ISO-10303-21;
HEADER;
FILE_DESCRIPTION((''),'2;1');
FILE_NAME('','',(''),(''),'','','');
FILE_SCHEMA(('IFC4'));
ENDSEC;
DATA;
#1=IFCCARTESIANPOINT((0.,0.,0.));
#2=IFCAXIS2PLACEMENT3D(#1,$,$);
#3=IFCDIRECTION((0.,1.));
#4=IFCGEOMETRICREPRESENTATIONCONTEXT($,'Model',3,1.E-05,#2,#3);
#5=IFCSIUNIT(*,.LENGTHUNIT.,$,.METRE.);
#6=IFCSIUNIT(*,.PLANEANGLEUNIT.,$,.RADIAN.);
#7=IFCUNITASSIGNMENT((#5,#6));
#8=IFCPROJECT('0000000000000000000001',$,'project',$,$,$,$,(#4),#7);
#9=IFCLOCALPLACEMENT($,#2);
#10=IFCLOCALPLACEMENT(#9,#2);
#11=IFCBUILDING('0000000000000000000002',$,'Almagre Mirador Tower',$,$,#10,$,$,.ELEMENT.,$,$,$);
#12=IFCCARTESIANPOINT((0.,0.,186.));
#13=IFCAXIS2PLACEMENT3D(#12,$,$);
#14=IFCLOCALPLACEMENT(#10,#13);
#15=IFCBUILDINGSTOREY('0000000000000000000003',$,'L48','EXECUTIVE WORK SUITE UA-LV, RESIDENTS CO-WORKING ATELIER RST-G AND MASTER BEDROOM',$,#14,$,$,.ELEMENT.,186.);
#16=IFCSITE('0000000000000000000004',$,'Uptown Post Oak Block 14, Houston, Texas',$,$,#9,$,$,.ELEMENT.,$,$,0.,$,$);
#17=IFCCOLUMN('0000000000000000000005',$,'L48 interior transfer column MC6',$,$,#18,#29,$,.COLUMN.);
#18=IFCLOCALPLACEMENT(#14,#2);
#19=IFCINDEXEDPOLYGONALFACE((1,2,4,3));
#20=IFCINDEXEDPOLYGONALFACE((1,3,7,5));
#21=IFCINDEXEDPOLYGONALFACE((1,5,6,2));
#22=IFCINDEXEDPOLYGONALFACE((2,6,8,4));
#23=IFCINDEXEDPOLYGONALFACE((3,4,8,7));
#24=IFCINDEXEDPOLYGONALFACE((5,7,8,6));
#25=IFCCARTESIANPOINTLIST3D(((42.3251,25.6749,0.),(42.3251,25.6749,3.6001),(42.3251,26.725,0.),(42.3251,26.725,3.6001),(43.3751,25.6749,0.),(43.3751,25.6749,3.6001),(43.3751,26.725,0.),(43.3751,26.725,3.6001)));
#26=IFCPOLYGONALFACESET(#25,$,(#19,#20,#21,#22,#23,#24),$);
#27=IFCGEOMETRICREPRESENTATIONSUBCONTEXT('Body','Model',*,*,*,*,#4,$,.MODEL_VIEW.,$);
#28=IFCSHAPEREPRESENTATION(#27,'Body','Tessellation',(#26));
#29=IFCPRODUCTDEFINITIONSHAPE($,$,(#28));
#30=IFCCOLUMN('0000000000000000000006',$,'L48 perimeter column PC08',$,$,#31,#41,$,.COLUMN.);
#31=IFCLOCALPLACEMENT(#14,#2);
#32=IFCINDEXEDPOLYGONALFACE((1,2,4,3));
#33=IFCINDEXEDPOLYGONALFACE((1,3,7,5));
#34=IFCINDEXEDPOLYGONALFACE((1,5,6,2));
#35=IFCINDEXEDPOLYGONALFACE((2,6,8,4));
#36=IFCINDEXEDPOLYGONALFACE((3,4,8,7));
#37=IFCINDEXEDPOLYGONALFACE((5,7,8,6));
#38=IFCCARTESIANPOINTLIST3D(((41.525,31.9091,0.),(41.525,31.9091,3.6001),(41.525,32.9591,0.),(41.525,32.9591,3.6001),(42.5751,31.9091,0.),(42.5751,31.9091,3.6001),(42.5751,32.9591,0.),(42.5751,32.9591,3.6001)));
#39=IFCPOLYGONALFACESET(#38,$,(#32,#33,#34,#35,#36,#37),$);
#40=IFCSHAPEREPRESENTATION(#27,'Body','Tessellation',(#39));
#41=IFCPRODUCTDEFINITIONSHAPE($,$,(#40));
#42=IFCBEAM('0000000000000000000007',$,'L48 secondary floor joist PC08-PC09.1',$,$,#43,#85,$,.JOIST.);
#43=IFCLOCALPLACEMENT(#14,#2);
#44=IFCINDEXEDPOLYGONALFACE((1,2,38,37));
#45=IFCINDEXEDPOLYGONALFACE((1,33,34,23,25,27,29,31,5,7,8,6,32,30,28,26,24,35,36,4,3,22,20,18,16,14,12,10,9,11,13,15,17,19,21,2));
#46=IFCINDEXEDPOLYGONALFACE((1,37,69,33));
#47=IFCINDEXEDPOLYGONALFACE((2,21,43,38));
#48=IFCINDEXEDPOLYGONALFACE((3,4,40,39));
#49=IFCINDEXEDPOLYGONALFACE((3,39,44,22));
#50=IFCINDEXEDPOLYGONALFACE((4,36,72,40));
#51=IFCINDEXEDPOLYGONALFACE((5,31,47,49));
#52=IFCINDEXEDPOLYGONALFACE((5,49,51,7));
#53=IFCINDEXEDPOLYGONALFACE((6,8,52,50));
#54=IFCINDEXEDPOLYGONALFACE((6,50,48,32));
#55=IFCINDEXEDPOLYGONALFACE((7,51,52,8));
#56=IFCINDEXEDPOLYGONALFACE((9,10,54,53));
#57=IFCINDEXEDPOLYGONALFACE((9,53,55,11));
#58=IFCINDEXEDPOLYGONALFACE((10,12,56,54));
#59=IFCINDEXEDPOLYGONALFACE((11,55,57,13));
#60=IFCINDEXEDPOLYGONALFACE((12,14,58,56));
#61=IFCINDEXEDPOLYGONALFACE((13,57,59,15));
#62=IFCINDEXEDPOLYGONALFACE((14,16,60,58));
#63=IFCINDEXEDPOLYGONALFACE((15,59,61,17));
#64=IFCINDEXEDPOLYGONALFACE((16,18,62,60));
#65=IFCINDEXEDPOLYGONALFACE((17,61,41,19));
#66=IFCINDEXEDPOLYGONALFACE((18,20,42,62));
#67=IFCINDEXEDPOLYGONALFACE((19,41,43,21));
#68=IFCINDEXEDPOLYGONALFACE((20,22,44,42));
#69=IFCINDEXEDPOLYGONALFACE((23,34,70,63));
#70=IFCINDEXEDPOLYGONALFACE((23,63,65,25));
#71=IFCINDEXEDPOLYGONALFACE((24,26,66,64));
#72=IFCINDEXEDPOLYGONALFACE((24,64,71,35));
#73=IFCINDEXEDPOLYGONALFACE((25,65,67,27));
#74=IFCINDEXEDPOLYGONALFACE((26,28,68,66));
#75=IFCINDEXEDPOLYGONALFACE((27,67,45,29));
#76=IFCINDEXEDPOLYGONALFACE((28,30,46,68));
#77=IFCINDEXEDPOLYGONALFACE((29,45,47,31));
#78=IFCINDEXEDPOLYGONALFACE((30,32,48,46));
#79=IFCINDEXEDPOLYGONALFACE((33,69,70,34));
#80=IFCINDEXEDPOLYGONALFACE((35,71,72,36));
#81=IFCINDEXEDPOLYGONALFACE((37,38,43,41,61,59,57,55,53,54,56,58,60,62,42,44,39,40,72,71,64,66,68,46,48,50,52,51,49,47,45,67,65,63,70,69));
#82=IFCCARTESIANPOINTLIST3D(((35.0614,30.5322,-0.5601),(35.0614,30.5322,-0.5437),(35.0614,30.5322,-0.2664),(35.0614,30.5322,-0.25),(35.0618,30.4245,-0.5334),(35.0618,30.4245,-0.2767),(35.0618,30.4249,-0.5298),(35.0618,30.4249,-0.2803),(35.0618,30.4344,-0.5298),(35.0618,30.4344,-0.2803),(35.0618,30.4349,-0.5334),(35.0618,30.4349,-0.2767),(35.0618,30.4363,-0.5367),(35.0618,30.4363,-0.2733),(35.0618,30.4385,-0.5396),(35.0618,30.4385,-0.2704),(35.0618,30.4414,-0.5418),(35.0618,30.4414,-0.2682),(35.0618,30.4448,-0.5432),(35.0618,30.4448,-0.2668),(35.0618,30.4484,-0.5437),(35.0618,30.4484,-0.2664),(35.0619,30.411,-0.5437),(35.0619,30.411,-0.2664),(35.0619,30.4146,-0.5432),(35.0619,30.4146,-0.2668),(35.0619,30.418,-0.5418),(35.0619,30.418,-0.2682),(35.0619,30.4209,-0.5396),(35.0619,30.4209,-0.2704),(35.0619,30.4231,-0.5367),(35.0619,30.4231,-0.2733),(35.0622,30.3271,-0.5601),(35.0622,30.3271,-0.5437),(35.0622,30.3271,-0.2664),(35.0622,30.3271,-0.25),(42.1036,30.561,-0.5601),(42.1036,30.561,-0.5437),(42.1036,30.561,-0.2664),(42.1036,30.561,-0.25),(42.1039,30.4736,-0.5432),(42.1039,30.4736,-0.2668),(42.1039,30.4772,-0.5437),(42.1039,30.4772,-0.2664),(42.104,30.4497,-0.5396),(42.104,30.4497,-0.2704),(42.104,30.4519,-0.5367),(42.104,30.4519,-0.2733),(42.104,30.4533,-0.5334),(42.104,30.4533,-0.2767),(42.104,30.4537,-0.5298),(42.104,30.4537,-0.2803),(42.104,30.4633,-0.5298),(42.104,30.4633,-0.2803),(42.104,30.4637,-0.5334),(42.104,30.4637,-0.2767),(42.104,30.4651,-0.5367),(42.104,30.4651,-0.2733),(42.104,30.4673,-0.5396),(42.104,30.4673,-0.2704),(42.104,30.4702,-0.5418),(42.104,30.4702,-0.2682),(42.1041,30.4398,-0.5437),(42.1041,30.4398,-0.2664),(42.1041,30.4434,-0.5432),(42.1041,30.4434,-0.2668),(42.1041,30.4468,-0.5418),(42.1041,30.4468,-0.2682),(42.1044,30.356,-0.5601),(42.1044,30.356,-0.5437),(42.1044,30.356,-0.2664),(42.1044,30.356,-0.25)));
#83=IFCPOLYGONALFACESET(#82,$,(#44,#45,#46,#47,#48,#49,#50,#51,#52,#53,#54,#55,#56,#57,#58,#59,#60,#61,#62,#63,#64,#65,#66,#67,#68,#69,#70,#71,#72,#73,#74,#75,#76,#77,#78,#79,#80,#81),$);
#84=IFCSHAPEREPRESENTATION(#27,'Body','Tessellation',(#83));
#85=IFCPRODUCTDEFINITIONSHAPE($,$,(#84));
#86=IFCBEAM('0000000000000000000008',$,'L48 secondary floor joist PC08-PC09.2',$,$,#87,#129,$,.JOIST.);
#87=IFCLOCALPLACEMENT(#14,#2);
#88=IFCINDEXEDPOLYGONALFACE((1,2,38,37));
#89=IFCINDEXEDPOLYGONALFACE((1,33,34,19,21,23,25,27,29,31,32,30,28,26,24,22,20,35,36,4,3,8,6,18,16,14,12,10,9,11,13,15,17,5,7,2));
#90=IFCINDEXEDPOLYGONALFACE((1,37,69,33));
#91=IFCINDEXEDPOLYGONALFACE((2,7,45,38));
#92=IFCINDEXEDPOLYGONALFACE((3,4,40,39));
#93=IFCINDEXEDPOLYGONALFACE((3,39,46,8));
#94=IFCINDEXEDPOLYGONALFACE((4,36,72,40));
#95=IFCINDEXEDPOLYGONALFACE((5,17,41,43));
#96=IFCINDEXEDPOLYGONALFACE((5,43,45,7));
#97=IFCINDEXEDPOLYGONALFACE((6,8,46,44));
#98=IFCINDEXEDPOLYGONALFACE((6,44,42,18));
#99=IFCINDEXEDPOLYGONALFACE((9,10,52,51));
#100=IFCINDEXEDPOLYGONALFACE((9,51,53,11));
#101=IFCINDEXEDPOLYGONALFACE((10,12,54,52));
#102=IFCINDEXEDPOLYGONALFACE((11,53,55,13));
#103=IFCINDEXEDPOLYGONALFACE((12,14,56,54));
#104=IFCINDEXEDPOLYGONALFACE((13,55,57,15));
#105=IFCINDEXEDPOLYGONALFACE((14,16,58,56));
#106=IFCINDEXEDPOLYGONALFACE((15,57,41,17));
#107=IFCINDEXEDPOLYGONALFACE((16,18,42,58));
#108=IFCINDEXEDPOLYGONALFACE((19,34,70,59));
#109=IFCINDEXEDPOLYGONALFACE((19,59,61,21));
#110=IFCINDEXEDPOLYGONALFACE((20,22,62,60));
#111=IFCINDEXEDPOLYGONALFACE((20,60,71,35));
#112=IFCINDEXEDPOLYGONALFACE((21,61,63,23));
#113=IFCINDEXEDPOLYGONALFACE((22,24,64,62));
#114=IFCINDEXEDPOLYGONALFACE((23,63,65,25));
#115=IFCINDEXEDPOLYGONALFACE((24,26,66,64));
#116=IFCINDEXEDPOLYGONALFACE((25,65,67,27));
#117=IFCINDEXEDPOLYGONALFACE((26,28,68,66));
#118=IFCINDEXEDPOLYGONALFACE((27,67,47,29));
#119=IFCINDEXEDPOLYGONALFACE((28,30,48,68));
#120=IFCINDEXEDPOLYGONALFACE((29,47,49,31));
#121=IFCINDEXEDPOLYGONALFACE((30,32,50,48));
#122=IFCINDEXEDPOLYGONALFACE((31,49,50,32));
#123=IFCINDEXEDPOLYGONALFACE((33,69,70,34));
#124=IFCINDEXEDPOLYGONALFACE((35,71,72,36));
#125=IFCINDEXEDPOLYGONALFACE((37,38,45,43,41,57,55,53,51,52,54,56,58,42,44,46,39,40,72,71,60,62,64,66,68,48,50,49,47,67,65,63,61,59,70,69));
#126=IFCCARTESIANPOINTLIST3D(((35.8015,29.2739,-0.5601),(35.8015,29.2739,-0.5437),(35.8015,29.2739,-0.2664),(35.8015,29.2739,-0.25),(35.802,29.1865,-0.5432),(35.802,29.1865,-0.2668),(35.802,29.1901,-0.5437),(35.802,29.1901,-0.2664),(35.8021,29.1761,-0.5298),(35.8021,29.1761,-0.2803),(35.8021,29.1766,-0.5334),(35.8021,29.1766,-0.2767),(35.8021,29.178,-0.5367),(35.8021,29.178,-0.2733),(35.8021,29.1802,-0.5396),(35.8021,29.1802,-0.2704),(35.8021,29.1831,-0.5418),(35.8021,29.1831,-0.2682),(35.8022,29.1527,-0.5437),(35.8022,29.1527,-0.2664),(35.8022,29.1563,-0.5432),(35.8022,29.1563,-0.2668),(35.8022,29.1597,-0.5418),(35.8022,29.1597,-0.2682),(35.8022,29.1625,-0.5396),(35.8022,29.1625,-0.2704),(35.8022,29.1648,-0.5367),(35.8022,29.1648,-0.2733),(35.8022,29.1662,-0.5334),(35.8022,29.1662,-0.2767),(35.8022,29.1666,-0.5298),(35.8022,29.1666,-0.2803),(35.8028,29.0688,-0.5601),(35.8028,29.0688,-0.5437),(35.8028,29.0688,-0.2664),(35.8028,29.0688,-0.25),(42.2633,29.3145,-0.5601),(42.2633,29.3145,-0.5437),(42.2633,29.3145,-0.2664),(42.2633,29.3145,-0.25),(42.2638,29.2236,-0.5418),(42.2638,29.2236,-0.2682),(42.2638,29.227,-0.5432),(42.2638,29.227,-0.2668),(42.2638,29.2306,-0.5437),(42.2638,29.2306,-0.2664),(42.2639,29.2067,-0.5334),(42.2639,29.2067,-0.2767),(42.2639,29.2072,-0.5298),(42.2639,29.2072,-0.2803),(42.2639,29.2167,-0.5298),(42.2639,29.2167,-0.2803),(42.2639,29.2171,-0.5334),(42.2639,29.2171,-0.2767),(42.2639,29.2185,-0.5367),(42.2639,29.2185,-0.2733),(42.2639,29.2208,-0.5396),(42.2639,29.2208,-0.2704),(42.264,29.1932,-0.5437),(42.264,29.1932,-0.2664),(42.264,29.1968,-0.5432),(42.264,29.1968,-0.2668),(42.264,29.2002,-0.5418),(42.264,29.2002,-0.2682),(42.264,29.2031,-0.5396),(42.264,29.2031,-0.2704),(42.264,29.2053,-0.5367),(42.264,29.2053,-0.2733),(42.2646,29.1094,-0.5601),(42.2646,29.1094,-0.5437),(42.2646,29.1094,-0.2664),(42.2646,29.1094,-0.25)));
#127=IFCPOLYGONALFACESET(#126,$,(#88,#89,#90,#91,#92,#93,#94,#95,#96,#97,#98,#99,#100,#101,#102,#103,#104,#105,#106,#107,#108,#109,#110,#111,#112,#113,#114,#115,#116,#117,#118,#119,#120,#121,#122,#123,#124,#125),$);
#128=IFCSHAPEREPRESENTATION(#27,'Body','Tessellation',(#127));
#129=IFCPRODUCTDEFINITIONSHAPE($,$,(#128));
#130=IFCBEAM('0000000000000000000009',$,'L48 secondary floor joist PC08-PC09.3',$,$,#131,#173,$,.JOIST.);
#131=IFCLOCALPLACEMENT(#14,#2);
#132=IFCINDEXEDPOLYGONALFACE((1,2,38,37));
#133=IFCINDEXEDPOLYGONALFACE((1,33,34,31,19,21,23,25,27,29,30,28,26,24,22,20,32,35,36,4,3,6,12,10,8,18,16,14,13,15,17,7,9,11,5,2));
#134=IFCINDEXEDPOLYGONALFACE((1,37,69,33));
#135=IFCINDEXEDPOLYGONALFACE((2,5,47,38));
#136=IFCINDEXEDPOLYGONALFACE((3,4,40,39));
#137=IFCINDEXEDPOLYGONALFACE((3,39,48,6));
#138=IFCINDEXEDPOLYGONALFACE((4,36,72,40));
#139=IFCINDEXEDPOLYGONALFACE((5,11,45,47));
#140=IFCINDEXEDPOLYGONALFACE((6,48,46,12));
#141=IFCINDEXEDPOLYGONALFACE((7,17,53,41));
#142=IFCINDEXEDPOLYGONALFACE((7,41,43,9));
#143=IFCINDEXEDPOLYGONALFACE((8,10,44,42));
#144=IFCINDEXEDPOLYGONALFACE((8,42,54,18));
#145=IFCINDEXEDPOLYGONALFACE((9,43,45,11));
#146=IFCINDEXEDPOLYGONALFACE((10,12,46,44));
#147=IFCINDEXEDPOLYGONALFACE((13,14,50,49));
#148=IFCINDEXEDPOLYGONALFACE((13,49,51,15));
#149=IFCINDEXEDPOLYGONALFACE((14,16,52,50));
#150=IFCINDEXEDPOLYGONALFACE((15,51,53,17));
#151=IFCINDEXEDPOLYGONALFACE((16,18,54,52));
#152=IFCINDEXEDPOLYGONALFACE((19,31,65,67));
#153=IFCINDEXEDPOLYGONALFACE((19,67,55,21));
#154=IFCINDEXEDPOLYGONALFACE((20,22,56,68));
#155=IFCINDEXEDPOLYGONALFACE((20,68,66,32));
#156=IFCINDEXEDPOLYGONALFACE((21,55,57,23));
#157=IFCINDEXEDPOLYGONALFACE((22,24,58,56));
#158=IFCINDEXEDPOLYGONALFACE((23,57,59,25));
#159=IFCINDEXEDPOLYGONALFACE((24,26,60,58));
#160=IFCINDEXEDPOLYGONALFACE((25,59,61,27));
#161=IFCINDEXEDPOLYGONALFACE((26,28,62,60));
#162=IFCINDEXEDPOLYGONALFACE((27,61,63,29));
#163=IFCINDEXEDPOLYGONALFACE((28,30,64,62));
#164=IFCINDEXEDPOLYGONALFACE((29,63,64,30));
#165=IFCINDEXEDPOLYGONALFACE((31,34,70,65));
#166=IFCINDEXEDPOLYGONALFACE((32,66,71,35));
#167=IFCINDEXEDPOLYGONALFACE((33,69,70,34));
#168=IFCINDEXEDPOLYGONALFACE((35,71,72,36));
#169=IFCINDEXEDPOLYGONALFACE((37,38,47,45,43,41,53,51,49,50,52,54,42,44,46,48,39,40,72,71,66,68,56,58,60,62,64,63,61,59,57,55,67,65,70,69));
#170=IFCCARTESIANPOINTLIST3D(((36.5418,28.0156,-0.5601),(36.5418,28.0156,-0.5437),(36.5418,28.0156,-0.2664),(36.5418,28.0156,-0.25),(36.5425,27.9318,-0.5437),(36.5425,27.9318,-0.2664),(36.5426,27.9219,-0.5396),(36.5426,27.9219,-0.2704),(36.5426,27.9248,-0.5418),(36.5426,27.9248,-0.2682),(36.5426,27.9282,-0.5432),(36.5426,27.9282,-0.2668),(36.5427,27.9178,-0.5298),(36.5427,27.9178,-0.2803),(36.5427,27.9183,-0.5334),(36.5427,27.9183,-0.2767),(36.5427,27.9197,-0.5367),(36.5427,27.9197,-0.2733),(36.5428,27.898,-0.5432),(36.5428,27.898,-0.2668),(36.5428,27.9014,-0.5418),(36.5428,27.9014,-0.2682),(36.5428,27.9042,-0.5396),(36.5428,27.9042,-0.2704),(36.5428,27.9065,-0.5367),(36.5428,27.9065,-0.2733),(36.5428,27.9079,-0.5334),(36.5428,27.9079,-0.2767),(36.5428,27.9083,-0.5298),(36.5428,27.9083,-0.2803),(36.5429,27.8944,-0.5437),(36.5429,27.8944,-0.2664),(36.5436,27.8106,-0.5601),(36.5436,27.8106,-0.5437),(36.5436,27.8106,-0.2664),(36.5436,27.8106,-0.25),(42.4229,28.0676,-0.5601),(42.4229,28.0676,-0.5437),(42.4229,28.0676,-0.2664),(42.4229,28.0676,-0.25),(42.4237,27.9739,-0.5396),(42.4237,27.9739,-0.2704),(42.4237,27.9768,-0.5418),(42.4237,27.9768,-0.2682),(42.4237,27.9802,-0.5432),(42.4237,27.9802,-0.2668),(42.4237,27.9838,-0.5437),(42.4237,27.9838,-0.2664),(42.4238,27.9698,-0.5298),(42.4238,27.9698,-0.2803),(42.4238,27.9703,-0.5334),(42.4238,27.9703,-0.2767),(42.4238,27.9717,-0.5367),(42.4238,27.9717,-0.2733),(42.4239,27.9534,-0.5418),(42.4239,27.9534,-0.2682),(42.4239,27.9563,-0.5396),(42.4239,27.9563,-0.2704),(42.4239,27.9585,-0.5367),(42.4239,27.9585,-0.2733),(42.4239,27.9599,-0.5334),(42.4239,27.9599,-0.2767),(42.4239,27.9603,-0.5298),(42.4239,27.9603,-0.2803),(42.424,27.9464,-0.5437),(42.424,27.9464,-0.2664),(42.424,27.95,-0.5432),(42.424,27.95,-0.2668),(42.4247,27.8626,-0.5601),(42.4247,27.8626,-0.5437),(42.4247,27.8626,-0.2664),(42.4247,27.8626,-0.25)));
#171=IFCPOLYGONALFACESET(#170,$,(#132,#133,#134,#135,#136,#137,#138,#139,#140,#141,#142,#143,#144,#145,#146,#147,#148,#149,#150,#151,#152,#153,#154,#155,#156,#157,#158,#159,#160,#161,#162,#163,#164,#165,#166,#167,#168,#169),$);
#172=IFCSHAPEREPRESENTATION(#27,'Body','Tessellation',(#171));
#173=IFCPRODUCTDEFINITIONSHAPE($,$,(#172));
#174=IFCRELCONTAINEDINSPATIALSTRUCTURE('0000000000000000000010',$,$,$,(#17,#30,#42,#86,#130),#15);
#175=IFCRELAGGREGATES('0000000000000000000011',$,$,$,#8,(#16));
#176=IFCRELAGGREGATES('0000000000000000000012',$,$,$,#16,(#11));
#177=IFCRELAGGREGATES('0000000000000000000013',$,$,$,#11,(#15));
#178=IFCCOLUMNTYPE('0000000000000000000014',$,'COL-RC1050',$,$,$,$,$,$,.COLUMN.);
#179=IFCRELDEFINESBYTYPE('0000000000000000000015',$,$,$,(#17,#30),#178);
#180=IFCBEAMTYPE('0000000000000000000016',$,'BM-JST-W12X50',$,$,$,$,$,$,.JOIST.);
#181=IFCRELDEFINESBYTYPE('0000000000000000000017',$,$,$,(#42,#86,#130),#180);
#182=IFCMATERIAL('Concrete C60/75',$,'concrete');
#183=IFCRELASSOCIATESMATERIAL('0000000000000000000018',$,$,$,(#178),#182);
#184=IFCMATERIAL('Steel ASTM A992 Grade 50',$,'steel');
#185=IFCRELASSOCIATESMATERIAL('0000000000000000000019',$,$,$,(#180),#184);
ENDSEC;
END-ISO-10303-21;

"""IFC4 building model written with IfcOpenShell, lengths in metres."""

from ifc_helpers import new_model, si_unit, direction, frame, origin, origin_2d, place, context, subcontext, project, spatial, rectangle, i_section, extrude, material, material_profile, profile_set, type_object, element, save


model = new_model("IFC4")

# Units and contexts
model_context = context("Model", 3, precision=1e-05, world=origin(), true_north=direction((0.0, 1.0)))
body_context = subcontext(model_context, "Body", "Model", "MODEL_VIEW")
ifc_project = project(units=[si_unit("LENGTHUNIT", "METRE"), si_unit("PLANEANGLEUNIT", "RADIAN")], contexts=[model_context])

# Site, building, storey
site_placement = place(None, origin())
site = spatial("IfcSite", under=ifc_project, at=site_placement, Name="Uptown Post Oak Block 14, Houston, Texas", CompositionType="ELEMENT", RefElevation=0.0)
building_placement = place(site_placement, origin())
building = spatial("IfcBuilding", under=site, at=building_placement, Name="Almagre Mirador Tower", CompositionType="ELEMENT")
storey_placement = place(building_placement, frame((0.0, 0.0, 186.0)))
storey = spatial("IfcBuildingStorey", under=building, at=storey_placement, Name="L48", Description="EXECUTIVE WORK SUITE UA-LV, RESIDENTS CO-WORKING ATELIER RST-G AND MASTER BEDROOM", CompositionType="ELEMENT", Elevation=186.0)

# Columns
ifc_material_1 = material(Name="Concrete C60/75", Category="concrete")
ifc_material_profile_1 = material_profile(ifc_material_1, rectangle(XDim=1.05, YDim=1.05, at=origin_2d()), Name="RC1050X1050")
ifc_profile_set_1 = profile_set([ifc_material_profile_1], Name="Concrete C60/75")
column_type = type_object("IfcColumnType", Name="COL-RC1050", PredefinedType="COLUMN", material=ifc_profile_set_1)
for number, where, z_axis, x_axis, name in (
    (1, (42.8501, 26.2, 0.0), (0.0, 0.0, 1.0), (1.0, 0.0, 0.0), "L48 interior transfer column MC6"),
    (2, (42.05, 32.4341, 0.0), (0.0, 0.0, 1.0), (1.0, 0.0, 0.0), "L48 perimeter column PC08"),
):
    element("IfcColumn", number, at=place(storey_placement, frame(where, z_axis=z_axis, x_axis=x_axis)), inside=storey, type_object=column_type, Name=name, PredefinedType="COLUMN", context=body_context, shape_type="SweptSolid", body=[
        extrude(rectangle(XDim=1.05, YDim=1.05, at=origin_2d()), origin(), (0.0, 0.0, 1.0), 3.6001),
    ])

# Beams
ifc_material_2 = material(Name="Steel ASTM A992 Grade 50", Category="steel")
ifc_material_profile_2 = material_profile(ifc_material_2, i_section(OverallWidth=0.2051, OverallDepth=0.3101, WebThickness=0.0095, FlangeThickness=0.0164, FilletRadius=0.0139, at=origin_2d()), Name="W12X50")
ifc_profile_set_2 = profile_set([ifc_material_profile_2], Name="Steel ASTM A992 Grade 50")
beam_type_1 = type_object("IfcBeamType", Name="BM-JST-W12X50", PredefinedType="JOIST", material=ifc_profile_set_2)
beam_1_placement = place(storey_placement, frame((42.104, 30.4585, -0.405), z_axis=(-0.999992, -0.004091, 0.0), x_axis=(0.004091, -0.999992, 0.0)))
element("IfcBeam", 3, at=beam_1_placement, inside=storey, type_object=beam_type_1, Name="L48 secondary floor joist PC08-PC09.1", PredefinedType="JOIST", context=body_context, shape_type="SweptSolid", body=[
    extrude(i_section(OverallWidth=0.2051, OverallDepth=0.3101, WebThickness=0.0095, FlangeThickness=0.0164, FilletRadius=0.0139, at=origin_2d()), origin(), (0.0, 0.0, 1.0), 7.0422),
])
beam_2_placement = place(storey_placement, frame((42.2639, 29.2119, -0.405), z_axis=(-0.99998, -0.006272, 0.0), x_axis=(0.006272, -0.99998, 0.0)))
element("IfcBeam", 4, at=beam_2_placement, inside=storey, type_object=beam_type_1, Name="L48 secondary floor joist PC08-PC09.2", PredefinedType="JOIST", context=body_context, shape_type="SweptSolid", body=[
    extrude(i_section(OverallWidth=0.2051, OverallDepth=0.3101, WebThickness=0.0095, FlangeThickness=0.0164, FilletRadius=0.0139, at=origin_2d()), origin(), (0.0, 0.0, 1.0), 6.4619),
])
beam_3_placement = place(storey_placement, frame((42.4238, 27.9651, -0.405), z_axis=(-0.999961, -0.008842, 0.0), x_axis=(0.008842, -0.999961, 0.0)))
element("IfcBeam", 5, at=beam_3_placement, inside=storey, type_object=beam_type_1, Name="L48 secondary floor joist PC08-PC09.3", PredefinedType="JOIST", context=body_context, shape_type="SweptSolid", body=[
    extrude(i_section(OverallWidth=0.2051, OverallDepth=0.3101, WebThickness=0.0095, FlangeThickness=0.0164, FilletRadius=0.0139, at=origin_2d()), origin(), (0.0, 0.0, 1.0), 5.8813),
])

save(model, "model.ifc")
